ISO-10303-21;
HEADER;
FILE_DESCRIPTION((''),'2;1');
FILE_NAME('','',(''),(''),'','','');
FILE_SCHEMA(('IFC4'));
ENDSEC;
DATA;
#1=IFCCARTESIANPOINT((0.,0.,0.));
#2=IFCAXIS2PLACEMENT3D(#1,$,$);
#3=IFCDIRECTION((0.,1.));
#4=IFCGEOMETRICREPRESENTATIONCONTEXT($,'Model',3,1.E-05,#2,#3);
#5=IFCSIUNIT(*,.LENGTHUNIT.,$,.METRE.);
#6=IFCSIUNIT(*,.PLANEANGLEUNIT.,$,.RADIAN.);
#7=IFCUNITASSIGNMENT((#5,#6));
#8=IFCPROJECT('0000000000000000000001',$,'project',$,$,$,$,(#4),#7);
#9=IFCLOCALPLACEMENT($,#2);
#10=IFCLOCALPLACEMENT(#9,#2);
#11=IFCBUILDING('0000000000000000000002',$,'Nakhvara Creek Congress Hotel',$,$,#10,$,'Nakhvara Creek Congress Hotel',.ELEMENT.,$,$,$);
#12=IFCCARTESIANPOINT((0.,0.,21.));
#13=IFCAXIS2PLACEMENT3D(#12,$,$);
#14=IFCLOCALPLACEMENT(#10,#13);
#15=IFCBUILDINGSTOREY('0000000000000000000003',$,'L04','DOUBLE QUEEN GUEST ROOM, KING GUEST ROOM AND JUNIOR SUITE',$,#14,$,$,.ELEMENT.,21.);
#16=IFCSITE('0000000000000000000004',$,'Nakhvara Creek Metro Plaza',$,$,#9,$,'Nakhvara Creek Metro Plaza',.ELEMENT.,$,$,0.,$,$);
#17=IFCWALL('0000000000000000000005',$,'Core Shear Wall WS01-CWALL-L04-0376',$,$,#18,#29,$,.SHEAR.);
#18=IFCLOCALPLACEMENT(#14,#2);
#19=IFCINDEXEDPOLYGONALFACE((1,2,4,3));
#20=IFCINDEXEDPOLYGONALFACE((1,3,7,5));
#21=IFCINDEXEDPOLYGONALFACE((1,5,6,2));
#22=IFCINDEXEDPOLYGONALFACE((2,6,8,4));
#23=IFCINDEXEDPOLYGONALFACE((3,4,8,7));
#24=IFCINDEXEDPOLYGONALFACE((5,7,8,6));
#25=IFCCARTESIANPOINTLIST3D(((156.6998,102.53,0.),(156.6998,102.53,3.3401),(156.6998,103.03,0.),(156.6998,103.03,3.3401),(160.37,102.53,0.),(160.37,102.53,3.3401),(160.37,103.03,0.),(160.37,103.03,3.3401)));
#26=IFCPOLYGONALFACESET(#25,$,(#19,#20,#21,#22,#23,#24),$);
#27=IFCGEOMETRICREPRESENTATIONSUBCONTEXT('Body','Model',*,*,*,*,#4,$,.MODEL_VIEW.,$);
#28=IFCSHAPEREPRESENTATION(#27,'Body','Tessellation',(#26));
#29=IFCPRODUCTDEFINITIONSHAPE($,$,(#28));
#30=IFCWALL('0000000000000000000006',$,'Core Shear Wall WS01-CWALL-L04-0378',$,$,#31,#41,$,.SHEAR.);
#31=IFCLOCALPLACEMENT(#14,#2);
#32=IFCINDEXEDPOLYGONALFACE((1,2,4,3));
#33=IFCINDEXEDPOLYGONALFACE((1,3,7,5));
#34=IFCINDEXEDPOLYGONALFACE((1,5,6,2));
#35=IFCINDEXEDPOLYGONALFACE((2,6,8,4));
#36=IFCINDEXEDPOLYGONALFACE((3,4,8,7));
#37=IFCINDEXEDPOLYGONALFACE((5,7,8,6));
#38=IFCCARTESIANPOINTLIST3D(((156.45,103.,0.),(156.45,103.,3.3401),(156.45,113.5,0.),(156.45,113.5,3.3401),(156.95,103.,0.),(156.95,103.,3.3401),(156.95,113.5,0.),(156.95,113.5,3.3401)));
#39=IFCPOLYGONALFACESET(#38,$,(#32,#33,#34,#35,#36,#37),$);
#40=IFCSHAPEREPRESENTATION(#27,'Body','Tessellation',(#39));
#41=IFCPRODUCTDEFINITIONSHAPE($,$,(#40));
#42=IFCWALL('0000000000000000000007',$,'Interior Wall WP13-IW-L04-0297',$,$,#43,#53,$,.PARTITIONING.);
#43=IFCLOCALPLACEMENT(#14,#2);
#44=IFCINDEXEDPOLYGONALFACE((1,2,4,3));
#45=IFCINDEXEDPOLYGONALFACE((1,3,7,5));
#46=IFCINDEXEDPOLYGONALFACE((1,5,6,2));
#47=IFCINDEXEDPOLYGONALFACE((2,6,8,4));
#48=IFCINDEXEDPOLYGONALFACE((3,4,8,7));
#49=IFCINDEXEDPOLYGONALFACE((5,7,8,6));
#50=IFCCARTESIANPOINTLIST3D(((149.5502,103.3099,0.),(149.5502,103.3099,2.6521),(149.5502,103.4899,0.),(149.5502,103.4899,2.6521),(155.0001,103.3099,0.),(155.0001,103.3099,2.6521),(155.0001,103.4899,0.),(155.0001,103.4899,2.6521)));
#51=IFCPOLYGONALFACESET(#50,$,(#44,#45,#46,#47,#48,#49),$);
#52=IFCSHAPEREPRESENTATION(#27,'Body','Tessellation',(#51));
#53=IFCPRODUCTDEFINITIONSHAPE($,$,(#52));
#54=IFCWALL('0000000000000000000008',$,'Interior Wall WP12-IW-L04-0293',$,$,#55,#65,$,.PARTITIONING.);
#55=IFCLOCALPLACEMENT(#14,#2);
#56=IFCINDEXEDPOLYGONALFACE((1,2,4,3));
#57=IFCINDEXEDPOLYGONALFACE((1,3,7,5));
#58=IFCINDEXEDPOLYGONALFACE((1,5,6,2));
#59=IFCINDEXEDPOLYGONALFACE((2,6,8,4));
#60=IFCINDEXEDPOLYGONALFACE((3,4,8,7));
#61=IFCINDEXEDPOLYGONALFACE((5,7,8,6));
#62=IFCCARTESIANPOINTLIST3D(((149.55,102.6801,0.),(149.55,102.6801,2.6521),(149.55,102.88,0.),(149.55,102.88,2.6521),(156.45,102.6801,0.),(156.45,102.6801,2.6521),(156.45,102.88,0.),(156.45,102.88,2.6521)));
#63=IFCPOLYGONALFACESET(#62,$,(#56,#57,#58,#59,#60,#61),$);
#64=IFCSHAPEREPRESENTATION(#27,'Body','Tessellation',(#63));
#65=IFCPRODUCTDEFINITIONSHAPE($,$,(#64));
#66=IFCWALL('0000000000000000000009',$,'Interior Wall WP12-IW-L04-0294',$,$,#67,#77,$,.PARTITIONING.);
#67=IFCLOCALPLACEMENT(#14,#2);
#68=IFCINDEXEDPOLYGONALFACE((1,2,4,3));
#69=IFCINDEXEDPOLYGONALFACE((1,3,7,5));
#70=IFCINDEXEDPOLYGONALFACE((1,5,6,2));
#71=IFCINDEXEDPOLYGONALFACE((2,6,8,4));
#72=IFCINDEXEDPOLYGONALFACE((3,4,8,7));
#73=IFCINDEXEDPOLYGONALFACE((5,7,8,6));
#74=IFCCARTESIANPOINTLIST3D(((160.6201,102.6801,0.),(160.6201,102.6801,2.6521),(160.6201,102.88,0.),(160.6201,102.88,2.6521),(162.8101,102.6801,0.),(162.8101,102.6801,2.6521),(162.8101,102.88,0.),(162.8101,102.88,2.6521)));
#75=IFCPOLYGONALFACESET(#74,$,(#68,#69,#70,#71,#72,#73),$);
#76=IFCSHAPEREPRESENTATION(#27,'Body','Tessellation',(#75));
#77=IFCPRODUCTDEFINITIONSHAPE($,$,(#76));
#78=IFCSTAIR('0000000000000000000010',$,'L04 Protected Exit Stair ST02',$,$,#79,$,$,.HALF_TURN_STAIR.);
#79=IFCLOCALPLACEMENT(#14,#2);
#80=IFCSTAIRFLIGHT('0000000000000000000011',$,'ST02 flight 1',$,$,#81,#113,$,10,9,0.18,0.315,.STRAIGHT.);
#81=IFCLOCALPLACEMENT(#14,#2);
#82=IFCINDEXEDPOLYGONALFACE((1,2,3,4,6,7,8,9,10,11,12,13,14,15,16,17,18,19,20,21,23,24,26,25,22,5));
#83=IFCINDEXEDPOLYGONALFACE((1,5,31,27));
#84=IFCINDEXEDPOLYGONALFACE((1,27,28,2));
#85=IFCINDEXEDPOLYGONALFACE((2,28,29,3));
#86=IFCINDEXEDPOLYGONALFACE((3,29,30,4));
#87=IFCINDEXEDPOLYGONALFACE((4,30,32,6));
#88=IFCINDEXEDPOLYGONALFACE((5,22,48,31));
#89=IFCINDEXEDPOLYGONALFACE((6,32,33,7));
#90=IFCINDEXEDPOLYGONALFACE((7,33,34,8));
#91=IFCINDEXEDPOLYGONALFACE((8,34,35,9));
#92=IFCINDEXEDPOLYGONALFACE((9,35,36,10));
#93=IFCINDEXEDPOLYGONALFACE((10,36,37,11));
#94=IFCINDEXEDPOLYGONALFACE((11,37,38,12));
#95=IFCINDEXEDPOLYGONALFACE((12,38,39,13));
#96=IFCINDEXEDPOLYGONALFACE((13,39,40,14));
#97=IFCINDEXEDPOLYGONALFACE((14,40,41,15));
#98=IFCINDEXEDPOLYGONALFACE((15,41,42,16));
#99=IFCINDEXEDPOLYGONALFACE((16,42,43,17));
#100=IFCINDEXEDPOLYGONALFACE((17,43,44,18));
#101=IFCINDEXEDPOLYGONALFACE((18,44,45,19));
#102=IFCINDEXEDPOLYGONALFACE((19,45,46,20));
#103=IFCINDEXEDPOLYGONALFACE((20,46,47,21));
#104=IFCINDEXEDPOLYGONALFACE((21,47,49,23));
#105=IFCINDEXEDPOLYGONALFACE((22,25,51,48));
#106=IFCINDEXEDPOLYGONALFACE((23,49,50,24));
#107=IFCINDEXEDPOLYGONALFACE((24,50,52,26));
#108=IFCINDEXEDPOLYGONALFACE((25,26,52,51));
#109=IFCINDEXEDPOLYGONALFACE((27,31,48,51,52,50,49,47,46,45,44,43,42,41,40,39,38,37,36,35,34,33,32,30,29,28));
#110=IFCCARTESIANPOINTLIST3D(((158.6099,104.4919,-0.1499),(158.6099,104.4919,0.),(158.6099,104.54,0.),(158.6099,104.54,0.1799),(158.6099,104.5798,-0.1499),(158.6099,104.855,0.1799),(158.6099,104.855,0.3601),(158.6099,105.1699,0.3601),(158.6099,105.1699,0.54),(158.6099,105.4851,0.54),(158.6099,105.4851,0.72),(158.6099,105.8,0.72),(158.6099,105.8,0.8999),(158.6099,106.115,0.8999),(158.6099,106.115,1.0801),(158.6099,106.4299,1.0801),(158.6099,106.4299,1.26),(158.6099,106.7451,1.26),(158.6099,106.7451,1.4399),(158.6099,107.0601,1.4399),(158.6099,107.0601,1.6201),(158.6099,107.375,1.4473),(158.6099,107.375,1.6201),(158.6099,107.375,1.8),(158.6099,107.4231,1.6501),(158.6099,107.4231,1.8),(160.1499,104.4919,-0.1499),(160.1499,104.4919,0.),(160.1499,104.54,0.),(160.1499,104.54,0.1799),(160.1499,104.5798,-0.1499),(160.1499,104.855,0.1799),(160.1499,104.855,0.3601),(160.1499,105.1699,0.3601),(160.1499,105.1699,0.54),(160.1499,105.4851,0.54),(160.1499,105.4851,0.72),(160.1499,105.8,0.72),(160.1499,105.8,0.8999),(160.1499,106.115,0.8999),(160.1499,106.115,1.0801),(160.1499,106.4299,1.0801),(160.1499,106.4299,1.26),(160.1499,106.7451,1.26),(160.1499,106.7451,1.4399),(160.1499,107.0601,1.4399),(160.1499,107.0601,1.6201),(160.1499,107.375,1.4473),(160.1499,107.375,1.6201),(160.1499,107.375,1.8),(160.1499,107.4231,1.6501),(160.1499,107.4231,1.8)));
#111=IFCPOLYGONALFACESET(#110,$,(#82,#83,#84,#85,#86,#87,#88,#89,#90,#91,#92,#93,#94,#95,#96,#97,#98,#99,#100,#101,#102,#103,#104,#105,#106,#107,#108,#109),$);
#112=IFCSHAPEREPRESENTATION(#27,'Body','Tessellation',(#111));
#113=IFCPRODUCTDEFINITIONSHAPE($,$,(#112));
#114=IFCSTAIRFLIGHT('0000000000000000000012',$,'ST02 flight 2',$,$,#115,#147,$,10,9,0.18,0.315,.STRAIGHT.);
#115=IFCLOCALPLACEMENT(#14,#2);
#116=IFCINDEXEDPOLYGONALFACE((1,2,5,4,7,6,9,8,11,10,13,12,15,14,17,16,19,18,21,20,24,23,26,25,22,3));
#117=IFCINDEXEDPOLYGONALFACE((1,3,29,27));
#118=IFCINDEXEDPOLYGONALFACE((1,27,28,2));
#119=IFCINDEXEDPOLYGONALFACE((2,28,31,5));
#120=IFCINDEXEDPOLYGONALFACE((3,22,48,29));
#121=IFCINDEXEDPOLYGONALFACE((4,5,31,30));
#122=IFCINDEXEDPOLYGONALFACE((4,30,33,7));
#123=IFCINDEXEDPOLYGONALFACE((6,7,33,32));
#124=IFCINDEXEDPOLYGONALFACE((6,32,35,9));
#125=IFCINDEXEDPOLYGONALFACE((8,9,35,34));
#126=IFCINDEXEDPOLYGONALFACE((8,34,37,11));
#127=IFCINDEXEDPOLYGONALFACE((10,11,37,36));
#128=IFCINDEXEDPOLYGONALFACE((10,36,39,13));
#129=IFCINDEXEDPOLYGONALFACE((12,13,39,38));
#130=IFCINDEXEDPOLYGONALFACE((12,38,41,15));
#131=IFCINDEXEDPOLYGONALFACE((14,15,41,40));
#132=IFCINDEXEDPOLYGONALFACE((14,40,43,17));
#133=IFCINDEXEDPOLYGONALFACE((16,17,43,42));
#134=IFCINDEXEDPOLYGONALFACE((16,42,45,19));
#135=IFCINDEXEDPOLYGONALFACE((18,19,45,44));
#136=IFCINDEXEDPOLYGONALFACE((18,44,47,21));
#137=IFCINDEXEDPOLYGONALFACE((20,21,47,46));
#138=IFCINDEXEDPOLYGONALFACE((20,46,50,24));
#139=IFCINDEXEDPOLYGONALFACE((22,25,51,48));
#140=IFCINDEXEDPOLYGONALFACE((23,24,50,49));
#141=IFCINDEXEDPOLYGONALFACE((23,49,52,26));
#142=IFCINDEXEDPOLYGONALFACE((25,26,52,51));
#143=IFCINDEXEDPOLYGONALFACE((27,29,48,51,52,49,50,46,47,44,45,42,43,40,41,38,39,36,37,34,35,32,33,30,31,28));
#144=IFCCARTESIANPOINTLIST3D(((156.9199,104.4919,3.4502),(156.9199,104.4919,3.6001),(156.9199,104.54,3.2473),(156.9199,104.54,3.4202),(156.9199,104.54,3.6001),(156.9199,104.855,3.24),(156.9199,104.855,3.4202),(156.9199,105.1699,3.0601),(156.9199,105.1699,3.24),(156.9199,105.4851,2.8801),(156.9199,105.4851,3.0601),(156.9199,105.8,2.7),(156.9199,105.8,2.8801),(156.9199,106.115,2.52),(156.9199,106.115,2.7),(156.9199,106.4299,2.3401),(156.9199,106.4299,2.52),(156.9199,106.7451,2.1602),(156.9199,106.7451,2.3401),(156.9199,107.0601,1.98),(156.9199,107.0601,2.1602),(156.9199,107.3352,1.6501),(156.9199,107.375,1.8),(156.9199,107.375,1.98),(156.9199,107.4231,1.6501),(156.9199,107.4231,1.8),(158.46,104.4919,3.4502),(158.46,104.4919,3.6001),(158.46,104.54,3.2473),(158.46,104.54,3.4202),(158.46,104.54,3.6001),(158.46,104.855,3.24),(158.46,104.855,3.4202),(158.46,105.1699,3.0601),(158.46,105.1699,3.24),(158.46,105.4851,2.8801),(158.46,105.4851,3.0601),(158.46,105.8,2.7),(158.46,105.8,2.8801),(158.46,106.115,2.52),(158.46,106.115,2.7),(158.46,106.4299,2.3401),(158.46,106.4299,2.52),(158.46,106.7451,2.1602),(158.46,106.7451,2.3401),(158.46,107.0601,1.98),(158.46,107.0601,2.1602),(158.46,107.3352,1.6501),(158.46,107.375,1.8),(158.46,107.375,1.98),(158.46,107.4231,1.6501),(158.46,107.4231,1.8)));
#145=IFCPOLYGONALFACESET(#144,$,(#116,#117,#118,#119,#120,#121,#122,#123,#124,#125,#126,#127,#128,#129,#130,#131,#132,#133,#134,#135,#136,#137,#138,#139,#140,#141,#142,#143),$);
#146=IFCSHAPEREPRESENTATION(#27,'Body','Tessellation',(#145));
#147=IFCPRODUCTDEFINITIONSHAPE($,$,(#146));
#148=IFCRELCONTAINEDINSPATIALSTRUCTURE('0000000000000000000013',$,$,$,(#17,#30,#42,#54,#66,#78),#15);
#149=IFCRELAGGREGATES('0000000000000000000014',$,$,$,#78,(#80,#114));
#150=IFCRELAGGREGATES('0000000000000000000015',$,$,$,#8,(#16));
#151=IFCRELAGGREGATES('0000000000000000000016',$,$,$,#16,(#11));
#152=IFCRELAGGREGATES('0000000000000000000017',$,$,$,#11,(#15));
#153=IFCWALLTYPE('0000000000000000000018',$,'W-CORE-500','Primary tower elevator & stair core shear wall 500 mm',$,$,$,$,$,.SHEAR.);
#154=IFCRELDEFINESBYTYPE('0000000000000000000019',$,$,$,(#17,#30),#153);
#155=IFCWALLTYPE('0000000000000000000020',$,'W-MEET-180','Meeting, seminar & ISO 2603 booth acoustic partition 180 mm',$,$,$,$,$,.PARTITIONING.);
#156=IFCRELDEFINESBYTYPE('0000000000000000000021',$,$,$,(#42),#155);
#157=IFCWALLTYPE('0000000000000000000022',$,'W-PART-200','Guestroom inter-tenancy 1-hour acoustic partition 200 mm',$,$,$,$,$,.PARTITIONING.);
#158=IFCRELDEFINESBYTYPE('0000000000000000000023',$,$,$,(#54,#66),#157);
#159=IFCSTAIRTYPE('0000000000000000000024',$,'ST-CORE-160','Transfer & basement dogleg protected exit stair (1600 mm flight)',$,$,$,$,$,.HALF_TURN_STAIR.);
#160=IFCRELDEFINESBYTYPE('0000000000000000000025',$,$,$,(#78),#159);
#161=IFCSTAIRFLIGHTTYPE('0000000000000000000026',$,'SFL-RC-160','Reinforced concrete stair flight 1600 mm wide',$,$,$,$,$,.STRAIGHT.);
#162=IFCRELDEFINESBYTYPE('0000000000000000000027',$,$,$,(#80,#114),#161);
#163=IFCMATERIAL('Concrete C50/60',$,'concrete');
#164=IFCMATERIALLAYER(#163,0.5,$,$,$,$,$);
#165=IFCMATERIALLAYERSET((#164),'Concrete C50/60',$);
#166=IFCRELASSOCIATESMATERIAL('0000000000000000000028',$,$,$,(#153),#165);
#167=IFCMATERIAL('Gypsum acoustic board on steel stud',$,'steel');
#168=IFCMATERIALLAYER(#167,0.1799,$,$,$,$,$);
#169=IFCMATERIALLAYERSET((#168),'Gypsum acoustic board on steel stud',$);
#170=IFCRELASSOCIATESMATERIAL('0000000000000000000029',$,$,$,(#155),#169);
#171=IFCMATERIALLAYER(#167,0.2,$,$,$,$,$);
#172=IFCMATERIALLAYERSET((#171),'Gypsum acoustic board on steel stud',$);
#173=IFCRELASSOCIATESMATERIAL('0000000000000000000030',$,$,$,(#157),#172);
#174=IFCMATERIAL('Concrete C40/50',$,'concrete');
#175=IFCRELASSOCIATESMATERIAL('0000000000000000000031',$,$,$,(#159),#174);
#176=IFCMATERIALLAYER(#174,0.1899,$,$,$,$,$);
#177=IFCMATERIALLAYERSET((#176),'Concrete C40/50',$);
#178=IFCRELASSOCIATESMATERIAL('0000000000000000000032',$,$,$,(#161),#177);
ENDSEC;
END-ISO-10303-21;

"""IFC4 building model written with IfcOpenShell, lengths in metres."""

from ifc_helpers import new_model, si_unit, direction, frame, frame_2d, origin, place, context, subcontext, project, spatial, polyline, rectangle, outline, extrude, material, layer, layer_set, type_object, element, aggregate, save


model = new_model("IFC4")

# Units and contexts
model_context = context("Model", 3, precision=1e-05, world=origin(), true_north=direction((0.0, 1.0)))
body_context = subcontext(model_context, "Body", "Model", "MODEL_VIEW")
ifc_project = project(units=[si_unit("LENGTHUNIT", "METRE"), si_unit("PLANEANGLEUNIT", "RADIAN")], contexts=[model_context])

# Site, building, storey
site_placement = place(None, origin())
site = spatial("IfcSite", under=ifc_project, at=site_placement, Name="Nakhvara Creek Metro Plaza", LongName="Nakhvara Creek Metro Plaza", CompositionType="ELEMENT", RefElevation=0.0)
building_placement = place(site_placement, origin())
building = spatial("IfcBuilding", under=site, at=building_placement, Name="Nakhvara Creek Congress Hotel", LongName="Nakhvara Creek Congress Hotel", CompositionType="ELEMENT")
storey_placement = place(building_placement, frame((0.0, 0.0, 21.0)))
storey = spatial("IfcBuildingStorey", under=building, at=storey_placement, Name="L04", Description="DOUBLE QUEEN GUEST ROOM, KING GUEST ROOM AND JUNIOR SUITE", CompositionType="ELEMENT", Elevation=21.0)

# Shared definitions
ifc_material_1 = material(Name="Concrete C50/60", Category="concrete")

# Shared definitions
ifc_material_2 = material(Name="Concrete C40/50", Category="concrete")

# Walls
ifc_layer_1 = layer(ifc_material_1, 0.5)
ifc_layer_set_1 = layer_set([ifc_layer_1], Name="Concrete C50/60")
wall_type_1 = type_object("IfcWallType", Name="W-CORE-500", Description="Primary tower elevator & stair core shear wall 500 mm", PredefinedType="SHEAR", material=ifc_layer_set_1)
wall_1_placement = place(storey_placement, frame((156.7, 102.78, 0.0), z_axis=(0.0, 0.0, 1.0), x_axis=(1.0, 0.0, 0.0)))
element("IfcWall", 1, at=wall_1_placement, inside=storey, type_object=wall_type_1, Name="Core Shear Wall WS01-CWALL-L04-0376", PredefinedType="SHEAR", context=body_context, shape_type="SweptSolid", body=[
    extrude(rectangle(XDim=3.6702, YDim=0.5, at=frame_2d((1.835, 0.0))), origin(), (0.0, 0.0, 1.0), 3.3401),
])
wall_2_placement = place(storey_placement, frame((156.7, 103.0, 0.0), z_axis=(0.0, 0.0, 1.0), x_axis=(0.0, 1.0, 0.0)))
element("IfcWall", 2, at=wall_2_placement, inside=storey, type_object=wall_type_1, Name="Core Shear Wall WS01-CWALL-L04-0378", PredefinedType="SHEAR", context=body_context, shape_type="SweptSolid", body=[
    extrude(rectangle(XDim=10.5, YDim=0.5, at=frame_2d((5.25, 0.0))), origin(), (0.0, 0.0, 1.0), 3.3401),
])

# Walls
ifc_material_3 = material(Name="Gypsum acoustic board on steel stud", Category="steel")
ifc_layer_2 = layer(ifc_material_3, 0.1799)
ifc_layer_set_2 = layer_set([ifc_layer_2], Name="Gypsum acoustic board on steel stud")
wall_type_2 = type_object("IfcWallType", Name="W-MEET-180", Description="Meeting, seminar & ISO 2603 booth acoustic partition 180 mm", PredefinedType="PARTITIONING", material=ifc_layer_set_2)
wall_3_placement = place(storey_placement, frame((149.55, 103.3999, 0.0), z_axis=(0.0, 0.0, 1.0), x_axis=(1.0, 0.0, 0.0)))
element("IfcWall", 3, at=wall_3_placement, inside=storey, type_object=wall_type_2, Name="Interior Wall WP13-IW-L04-0297", PredefinedType="PARTITIONING", context=body_context, shape_type="SweptSolid", body=[
    extrude(rectangle(XDim=5.45, YDim=0.1799, at=frame_2d((2.7251, 0.0))), origin(), (0.0, 0.0, 1.0), 2.6521),
])
ifc_layer_3 = layer(ifc_material_3, 0.2)
ifc_layer_set_3 = layer_set([ifc_layer_3], Name="Gypsum acoustic board on steel stud")
wall_type_3 = type_object("IfcWallType", Name="W-PART-200", Description="Guestroom inter-tenancy 1-hour acoustic partition 200 mm", PredefinedType="PARTITIONING", material=ifc_layer_set_3)
wall_4_placement = place(storey_placement, frame((149.55, 102.78, 0.0), z_axis=(0.0, 0.0, 1.0), x_axis=(1.0, 0.0, 0.0)))
element("IfcWall", 4, at=wall_4_placement, inside=storey, type_object=wall_type_3, Name="Interior Wall WP12-IW-L04-0293", PredefinedType="PARTITIONING", context=body_context, shape_type="SweptSolid", body=[
    extrude(rectangle(XDim=6.8999, YDim=0.2, at=frame_2d((3.45, 0.0))), origin(), (0.0, 0.0, 1.0), 2.6521),
])
wall_5_placement = place(storey_placement, frame((160.6201, 102.78, 0.0), z_axis=(0.0, 0.0, 1.0), x_axis=(1.0, 0.0, 0.0)))
element("IfcWall", 5, at=wall_5_placement, inside=storey, type_object=wall_type_3, Name="Interior Wall WP12-IW-L04-0294", PredefinedType="PARTITIONING", context=body_context, shape_type="SweptSolid", body=[
    extrude(rectangle(XDim=2.1899, YDim=0.2, at=frame_2d((1.095, 0.0))), origin(), (0.0, 0.0, 1.0), 2.6521),
])

# Stair, stair flights
stair_type = type_object("IfcStairType", Name="ST-CORE-160", Description="Transfer & basement dogleg protected exit stair (1600 mm flight)", PredefinedType="HALF_TURN_STAIR", material=ifc_material_2)
stair_placement = place(storey_placement, origin())
stair = element("IfcStair", 6, at=stair_placement, inside=storey, type_object=stair_type, Name="L04 Protected Exit Stair ST02", PredefinedType="HALF_TURN_STAIR")
ifc_layer_4 = layer(ifc_material_2, 0.1899)
ifc_layer_set_4 = layer_set([ifc_layer_4], Name="Concrete C40/50")
stair_flight_type = type_object("IfcStairFlightType", Name="SFL-RC-160", Description="Reinforced concrete stair flight 1600 mm wide", PredefinedType="STRAIGHT", material=ifc_layer_set_4)
stair_flight_1_placement = place(storey_placement, frame((159.3799, 104.54, 0.0), z_axis=(0.0, 0.0, 1.0), x_axis=(0.0, 1.0, 0.0)))
stair_flight_1 = element("IfcStairFlight", 7, at=stair_flight_1_placement, type_object=stair_flight_type, Name="ST02 flight 1", NumberOfRisers=10, NumberOfTreads=9, PredefinedType="STRAIGHT", RiserHeight=0.18, TreadLength=0.315, context=body_context, shape_type="SweptSolid", body=[
    extrude(outline(polyline([(-0.0481, 0.0), (0.0, 0.0), (0.0, 0.1799), (0.3149, 0.1799), (0.3149, 0.3601), (0.6299, 0.3601), (0.6299, 0.54), (0.9451, 0.54), (0.9451, 0.72), (1.26, 0.72), (1.26, 0.8999), (1.575, 0.8999), (1.575, 1.0801), (1.8899, 1.0801), (1.8899, 1.26), (2.2051, 1.26), (2.2051, 1.4399), (2.52, 1.4399), (2.52, 1.6201), (2.835, 1.6201), (2.835, 1.8), (2.8831, 1.8), (2.8831, 1.6501), (2.835, 1.4473), (0.0398, -0.1499), (-0.0481, -0.1499), (-0.0481, 0.0)])), frame((0.0, 0.77, 0.0), z_axis=(0.0, -1.0, 0.0), x_axis=(1.0, 0.0, 0.0)), (0.0, 0.0, 1.0), 1.54),
])
stair_flight_2_placement = place(storey_placement, frame((157.6899, 107.375, 1.8), z_axis=(0.0, 0.0, 1.0), x_axis=(0.0, -1.0, 0.0)))
stair_flight_2 = element("IfcStairFlight", 8, at=stair_flight_2_placement, type_object=stair_flight_type, Name="ST02 flight 2", NumberOfRisers=10, NumberOfTreads=9, PredefinedType="STRAIGHT", RiserHeight=0.18, TreadLength=0.315, context=body_context, shape_type="SweptSolid", body=[
    extrude(outline(polyline([(-0.0481, 0.0), (0.0, 0.0), (0.0, 0.1799), (0.3149, 0.1799), (0.3149, 0.3601), (0.6299, 0.3601), (0.6299, 0.54), (0.9451, 0.54), (0.9451, 0.72), (1.26, 0.72), (1.26, 0.8999), (1.575, 0.8999), (1.575, 1.0801), (1.8899, 1.0801), (1.8899, 1.26), (2.2051, 1.26), (2.2051, 1.4399), (2.52, 1.4399), (2.52, 1.6201), (2.835, 1.6201), (2.835, 1.8), (2.8831, 1.8), (2.8831, 1.6501), (2.835, 1.4473), (0.0398, -0.1499), (-0.0481, -0.1499), (-0.0481, 0.0)])), frame((0.0, 0.77, 0.0), z_axis=(0.0, -1.0, 0.0), x_axis=(1.0, 0.0, 0.0)), (0.0, 0.0, 1.0), 1.54),
])
aggregate(stair, [stair_flight_1, stair_flight_2])

save(model, "model.ifc")
